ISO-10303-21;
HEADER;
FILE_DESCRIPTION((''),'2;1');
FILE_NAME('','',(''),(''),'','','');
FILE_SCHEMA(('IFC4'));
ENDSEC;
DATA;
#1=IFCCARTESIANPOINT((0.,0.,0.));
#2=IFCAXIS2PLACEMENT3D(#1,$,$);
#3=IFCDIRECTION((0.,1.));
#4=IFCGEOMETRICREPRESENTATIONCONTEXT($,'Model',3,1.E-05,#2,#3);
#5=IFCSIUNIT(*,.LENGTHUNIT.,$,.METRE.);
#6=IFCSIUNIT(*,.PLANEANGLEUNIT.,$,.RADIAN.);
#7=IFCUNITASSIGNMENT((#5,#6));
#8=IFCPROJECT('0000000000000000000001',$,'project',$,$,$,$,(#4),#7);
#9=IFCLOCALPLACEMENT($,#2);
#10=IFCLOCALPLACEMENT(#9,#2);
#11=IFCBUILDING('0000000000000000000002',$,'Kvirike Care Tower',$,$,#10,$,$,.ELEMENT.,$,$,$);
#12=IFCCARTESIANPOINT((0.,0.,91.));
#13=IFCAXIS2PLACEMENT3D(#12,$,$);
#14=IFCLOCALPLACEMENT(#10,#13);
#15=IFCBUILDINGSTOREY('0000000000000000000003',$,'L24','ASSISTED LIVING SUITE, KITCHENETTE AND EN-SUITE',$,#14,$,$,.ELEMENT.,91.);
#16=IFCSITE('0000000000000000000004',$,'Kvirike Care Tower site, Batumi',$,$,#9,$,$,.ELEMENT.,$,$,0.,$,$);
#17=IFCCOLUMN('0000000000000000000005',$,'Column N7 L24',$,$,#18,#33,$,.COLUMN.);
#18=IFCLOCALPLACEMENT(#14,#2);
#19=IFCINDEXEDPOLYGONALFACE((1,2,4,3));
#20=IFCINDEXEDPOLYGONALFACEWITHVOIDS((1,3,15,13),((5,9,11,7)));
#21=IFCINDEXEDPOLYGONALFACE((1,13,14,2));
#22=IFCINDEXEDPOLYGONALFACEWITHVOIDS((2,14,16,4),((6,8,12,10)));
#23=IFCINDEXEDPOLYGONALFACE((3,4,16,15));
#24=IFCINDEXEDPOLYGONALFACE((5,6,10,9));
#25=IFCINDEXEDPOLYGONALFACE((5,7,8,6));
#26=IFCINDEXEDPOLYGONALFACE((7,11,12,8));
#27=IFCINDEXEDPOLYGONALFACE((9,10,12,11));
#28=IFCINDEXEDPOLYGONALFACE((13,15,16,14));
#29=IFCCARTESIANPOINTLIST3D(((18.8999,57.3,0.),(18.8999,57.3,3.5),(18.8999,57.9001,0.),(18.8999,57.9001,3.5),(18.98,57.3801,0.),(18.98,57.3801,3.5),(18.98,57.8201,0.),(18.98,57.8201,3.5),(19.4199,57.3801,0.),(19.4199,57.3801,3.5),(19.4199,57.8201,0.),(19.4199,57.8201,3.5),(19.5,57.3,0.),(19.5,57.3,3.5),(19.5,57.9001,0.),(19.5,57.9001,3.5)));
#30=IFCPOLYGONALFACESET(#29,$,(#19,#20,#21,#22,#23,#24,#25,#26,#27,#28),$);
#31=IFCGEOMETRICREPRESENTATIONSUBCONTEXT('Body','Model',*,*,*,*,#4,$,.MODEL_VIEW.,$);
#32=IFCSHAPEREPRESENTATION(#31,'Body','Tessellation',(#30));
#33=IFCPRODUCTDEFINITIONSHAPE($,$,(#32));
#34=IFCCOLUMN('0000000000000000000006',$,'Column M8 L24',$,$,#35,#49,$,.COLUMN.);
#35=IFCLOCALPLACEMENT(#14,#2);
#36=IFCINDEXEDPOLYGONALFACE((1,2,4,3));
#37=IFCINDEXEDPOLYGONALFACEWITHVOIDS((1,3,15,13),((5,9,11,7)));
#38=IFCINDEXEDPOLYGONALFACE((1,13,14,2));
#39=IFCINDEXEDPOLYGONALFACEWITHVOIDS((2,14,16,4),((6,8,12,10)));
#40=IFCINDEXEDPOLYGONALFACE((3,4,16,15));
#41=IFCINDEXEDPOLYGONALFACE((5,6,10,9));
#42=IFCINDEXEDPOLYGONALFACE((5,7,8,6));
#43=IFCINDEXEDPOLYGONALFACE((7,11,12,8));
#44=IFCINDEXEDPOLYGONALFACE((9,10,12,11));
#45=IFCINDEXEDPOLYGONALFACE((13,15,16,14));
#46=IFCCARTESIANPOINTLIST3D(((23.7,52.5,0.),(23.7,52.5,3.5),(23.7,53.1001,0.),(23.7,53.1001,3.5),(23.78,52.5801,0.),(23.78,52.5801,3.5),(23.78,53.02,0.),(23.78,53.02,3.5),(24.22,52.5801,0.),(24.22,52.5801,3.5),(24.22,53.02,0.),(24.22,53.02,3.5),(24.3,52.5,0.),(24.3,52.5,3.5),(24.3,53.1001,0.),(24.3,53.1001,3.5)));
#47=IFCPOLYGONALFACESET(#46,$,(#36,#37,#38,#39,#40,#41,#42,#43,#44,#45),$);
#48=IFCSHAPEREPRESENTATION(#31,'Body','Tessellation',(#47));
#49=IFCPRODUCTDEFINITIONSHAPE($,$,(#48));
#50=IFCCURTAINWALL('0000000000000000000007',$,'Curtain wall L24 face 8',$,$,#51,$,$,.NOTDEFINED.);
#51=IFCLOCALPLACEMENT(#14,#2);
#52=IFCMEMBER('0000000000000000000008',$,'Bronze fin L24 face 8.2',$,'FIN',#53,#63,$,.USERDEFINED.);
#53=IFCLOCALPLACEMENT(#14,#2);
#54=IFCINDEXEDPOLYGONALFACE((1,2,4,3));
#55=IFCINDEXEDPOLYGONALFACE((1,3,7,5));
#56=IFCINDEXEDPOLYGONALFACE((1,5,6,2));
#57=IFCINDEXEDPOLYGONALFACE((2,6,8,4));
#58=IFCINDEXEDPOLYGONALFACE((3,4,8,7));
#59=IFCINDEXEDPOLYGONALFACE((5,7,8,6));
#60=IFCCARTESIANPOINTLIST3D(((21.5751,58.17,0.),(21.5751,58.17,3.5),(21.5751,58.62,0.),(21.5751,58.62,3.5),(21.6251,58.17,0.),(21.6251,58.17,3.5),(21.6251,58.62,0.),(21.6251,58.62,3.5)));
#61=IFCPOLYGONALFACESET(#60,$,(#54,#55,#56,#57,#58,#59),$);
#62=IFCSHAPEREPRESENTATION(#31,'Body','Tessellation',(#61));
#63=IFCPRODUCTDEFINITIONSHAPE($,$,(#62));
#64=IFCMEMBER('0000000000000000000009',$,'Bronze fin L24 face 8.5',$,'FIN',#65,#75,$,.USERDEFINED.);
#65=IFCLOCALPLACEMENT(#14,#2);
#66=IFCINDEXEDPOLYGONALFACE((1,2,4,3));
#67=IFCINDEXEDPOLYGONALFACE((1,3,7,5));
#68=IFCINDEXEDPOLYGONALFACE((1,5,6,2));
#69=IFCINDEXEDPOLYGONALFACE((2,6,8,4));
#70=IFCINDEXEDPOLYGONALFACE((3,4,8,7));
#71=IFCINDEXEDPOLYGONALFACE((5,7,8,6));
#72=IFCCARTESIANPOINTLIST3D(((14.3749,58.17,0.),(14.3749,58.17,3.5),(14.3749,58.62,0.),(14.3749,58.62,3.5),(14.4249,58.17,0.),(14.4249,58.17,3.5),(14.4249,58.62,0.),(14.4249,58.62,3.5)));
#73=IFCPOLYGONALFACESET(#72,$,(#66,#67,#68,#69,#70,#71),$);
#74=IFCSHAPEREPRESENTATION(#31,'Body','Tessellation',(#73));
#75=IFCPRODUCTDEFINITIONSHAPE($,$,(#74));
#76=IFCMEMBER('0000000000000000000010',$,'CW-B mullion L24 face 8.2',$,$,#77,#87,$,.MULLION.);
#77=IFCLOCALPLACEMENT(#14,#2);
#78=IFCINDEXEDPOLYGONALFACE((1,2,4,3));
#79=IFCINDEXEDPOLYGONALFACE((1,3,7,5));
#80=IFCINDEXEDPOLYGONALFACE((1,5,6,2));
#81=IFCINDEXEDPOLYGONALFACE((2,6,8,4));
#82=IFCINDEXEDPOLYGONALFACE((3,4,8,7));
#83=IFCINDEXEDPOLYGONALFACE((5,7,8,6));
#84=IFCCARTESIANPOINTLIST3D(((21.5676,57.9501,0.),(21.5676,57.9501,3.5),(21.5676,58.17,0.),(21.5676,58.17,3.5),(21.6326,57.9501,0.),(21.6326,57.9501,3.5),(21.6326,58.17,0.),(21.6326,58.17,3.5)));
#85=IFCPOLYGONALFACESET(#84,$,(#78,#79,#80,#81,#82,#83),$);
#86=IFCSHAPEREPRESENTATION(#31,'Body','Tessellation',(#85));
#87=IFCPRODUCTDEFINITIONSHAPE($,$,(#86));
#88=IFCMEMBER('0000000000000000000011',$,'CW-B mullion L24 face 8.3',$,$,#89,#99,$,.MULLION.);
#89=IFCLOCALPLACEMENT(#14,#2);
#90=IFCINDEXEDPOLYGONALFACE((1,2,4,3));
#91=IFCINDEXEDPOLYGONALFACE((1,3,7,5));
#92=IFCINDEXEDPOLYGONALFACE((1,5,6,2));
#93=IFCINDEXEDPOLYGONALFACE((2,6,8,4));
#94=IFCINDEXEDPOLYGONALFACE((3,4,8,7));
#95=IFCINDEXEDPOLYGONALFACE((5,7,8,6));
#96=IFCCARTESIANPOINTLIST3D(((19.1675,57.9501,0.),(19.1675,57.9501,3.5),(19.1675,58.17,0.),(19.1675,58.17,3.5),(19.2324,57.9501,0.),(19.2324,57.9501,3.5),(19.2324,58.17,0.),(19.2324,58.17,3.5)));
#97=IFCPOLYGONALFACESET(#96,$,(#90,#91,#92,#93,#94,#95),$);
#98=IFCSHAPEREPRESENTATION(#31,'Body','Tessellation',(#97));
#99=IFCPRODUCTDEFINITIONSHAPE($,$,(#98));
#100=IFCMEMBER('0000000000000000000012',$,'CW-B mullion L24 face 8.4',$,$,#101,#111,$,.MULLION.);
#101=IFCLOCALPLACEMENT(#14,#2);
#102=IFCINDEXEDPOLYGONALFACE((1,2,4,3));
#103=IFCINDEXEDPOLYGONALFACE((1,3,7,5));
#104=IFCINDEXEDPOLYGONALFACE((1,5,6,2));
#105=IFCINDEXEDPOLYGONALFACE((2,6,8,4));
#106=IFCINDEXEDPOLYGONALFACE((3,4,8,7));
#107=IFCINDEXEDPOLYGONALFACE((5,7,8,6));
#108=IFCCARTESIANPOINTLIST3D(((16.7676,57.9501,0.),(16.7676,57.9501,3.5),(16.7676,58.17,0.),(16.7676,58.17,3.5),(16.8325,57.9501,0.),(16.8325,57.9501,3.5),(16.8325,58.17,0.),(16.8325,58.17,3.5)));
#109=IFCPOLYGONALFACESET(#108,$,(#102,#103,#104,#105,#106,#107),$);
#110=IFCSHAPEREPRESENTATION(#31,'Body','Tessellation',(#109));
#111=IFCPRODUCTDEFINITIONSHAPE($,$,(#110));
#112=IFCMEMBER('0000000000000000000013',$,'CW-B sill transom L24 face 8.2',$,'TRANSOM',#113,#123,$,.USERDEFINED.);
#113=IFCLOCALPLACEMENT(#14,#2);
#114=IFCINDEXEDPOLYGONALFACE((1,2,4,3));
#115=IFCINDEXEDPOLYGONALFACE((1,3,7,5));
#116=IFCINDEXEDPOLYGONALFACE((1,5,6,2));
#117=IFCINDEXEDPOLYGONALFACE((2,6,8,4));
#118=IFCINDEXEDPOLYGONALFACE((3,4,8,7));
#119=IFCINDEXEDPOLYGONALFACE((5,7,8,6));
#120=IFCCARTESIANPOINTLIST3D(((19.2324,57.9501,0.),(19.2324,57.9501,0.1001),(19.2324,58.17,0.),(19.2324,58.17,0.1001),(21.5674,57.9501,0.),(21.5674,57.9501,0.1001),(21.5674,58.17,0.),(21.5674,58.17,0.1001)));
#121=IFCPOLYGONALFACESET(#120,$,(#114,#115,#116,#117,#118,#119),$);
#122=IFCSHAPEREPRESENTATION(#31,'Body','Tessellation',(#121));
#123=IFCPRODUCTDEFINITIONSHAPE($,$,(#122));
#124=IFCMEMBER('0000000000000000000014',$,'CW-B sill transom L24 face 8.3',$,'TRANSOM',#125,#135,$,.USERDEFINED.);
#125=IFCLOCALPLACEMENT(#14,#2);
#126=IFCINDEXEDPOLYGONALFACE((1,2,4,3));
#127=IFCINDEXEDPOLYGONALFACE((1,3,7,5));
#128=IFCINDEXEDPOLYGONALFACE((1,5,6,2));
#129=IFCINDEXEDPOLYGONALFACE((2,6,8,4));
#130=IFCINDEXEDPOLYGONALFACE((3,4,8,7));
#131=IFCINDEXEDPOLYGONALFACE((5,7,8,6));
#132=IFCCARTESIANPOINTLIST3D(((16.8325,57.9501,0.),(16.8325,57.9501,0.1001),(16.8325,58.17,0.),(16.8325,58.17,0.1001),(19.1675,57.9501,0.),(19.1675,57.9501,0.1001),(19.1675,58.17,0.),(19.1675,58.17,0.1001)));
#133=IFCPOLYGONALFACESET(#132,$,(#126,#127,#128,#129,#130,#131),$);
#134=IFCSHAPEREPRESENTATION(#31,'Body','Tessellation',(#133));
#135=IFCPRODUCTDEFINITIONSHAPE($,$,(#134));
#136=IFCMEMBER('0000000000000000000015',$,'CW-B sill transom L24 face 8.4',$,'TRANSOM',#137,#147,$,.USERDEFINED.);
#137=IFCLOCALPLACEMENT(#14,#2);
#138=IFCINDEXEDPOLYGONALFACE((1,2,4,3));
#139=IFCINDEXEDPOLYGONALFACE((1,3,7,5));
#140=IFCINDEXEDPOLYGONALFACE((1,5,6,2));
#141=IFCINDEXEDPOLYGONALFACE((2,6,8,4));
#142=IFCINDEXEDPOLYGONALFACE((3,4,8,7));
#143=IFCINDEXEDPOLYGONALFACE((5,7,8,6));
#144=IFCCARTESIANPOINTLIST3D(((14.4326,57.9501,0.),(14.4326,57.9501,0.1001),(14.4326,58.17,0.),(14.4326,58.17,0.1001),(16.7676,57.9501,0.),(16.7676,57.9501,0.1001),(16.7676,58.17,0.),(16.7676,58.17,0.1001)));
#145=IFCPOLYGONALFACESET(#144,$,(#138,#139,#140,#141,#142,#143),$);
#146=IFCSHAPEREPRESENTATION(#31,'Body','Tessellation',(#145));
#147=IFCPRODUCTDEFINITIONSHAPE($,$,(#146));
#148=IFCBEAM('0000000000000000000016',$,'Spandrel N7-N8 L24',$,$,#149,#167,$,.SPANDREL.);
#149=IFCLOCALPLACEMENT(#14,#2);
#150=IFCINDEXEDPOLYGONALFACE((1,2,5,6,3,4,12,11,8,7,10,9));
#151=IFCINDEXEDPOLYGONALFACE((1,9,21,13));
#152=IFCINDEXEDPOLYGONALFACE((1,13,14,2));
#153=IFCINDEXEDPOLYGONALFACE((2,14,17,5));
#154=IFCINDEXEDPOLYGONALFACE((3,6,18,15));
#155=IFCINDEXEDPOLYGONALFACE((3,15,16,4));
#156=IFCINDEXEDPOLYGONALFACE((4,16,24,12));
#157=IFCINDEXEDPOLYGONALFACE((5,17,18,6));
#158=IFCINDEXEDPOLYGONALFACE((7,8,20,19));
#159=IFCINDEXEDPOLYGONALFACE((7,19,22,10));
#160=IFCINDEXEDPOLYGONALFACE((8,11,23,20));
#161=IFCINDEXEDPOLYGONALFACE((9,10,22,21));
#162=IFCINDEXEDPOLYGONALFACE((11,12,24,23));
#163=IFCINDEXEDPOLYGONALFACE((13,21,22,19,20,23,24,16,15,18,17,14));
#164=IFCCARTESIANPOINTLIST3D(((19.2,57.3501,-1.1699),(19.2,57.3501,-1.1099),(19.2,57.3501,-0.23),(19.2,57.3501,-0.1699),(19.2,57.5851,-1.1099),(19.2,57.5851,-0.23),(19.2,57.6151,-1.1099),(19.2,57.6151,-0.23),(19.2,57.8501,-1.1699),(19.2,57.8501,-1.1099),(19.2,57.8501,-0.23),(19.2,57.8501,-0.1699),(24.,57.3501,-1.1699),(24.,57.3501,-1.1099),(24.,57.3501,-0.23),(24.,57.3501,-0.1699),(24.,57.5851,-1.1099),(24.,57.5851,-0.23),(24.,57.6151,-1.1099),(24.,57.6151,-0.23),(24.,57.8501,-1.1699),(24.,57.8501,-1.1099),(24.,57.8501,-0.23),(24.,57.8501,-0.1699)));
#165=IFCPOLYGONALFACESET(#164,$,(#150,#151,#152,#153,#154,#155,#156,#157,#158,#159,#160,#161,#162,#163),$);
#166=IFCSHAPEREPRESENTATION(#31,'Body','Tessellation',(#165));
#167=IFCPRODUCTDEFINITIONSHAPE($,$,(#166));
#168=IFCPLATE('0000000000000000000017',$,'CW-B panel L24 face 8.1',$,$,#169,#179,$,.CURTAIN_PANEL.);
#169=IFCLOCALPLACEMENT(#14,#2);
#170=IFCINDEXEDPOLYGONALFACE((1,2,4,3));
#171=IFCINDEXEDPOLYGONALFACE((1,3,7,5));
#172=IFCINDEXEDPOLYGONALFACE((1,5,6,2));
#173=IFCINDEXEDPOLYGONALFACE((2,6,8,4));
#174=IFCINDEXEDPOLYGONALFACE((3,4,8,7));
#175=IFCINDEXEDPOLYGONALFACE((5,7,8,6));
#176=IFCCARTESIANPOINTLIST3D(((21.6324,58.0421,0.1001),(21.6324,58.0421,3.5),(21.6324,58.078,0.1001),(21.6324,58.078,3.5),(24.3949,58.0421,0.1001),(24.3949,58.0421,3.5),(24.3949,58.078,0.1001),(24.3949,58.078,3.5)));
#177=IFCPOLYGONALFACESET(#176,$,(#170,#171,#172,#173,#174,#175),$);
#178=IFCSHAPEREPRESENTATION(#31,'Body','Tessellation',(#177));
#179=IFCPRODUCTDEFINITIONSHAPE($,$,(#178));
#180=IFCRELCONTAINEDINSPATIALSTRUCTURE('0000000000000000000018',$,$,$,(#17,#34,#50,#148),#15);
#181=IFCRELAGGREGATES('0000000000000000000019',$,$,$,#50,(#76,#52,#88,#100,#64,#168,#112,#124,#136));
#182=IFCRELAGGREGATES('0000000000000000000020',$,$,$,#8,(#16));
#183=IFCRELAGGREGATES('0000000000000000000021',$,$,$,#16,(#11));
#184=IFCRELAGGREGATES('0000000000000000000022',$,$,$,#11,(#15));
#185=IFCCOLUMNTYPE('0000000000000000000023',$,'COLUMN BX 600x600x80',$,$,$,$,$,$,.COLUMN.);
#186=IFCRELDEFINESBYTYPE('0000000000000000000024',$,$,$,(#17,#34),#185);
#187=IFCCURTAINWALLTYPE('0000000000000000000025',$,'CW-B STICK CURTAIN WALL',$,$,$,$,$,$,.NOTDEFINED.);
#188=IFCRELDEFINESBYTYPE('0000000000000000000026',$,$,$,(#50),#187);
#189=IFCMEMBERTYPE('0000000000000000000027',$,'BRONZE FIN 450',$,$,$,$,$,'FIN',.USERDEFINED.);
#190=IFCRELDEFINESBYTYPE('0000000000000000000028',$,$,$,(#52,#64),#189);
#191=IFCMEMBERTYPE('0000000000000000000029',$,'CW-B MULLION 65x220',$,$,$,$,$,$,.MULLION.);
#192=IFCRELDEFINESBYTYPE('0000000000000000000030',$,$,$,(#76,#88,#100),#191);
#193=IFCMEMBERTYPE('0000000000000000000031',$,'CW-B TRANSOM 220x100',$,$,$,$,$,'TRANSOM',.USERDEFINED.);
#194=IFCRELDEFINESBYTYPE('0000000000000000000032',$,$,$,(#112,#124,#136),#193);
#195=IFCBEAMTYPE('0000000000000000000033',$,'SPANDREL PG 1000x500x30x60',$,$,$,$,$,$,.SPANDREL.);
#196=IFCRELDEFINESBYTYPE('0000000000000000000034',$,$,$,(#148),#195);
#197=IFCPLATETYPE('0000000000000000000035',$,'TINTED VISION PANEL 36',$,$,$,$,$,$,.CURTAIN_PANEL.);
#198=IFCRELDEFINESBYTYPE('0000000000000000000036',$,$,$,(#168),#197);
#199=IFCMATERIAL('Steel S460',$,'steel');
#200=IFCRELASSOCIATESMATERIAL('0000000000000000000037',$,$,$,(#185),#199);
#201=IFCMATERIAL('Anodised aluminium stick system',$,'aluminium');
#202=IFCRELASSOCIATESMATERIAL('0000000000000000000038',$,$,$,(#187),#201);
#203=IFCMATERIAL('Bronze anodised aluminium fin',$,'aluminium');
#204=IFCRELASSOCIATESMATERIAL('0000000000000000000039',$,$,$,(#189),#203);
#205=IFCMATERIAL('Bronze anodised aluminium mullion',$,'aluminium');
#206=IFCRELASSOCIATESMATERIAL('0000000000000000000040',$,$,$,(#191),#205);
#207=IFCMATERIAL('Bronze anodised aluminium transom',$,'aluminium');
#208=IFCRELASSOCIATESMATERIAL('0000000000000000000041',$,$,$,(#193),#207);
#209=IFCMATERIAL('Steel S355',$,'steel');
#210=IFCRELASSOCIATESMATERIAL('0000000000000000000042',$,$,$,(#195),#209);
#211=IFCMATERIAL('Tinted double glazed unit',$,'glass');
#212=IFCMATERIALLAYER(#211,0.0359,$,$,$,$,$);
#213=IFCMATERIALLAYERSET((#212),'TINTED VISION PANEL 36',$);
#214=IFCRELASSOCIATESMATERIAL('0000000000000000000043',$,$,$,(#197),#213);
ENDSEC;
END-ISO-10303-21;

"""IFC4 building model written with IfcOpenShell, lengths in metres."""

from ifc_helpers import new_model, si_unit, direction, frame, origin, origin_2d, place, context, subcontext, project, spatial, rectangle, hollow_rectangle, i_section, extrude, material, layer, layer_set, material_profile, profile_set, type_object, element, aggregate, save


model = new_model("IFC4")

# Units and contexts
model_context = context("Model", 3, precision=1e-05, world=origin(), true_north=direction((0.0, 1.0)))
body_context = subcontext(model_context, "Body", "Model", "MODEL_VIEW")
ifc_project = project(units=[si_unit("LENGTHUNIT", "METRE"), si_unit("PLANEANGLEUNIT", "RADIAN")], contexts=[model_context])

# Site, building, storey
site_placement = place(None, origin())
site = spatial("IfcSite", under=ifc_project, at=site_placement, Name="Kvirike Care Tower site, Batumi", CompositionType="ELEMENT", RefElevation=0.0)
building_placement = place(site_placement, origin())
building = spatial("IfcBuilding", under=site, at=building_placement, Name="Kvirike Care Tower", CompositionType="ELEMENT")
storey_placement = place(building_placement, frame((0.0, 0.0, 91.0)))
storey = spatial("IfcBuildingStorey", under=building, at=storey_placement, Name="L24", Description="ASSISTED LIVING SUITE, KITCHENETTE AND EN-SUITE", CompositionType="ELEMENT", Elevation=91.0)

# Columns
ifc_material_1 = material(Name="Steel S460", Category="steel")
ifc_material_profile_1 = material_profile(ifc_material_1, hollow_rectangle(XDim=0.6001, YDim=0.6001, WallThickness=0.0801, at=origin_2d()), Name="BX 600x600x80")
ifc_profile_set_1 = profile_set([ifc_material_profile_1], Name="Steel S460")
column_type = type_object("IfcColumnType", Name="COLUMN BX 600x600x80", PredefinedType="COLUMN", material=ifc_profile_set_1)
for number, where, z_axis, x_axis, name in (
    (1, (19.2, 57.6001, 0.0), (0.0, 0.0, 1.0), (0.0, 1.0, 0.0), "Column N7 L24"),
    (2, (24.0, 52.8, 0.0), (0.0, 0.0, 1.0), (0.0, 1.0, 0.0), "Column M8 L24"),
):
    element("IfcColumn", number, at=place(storey_placement, frame(where, z_axis=z_axis, x_axis=x_axis)), inside=storey, type_object=column_type, Name=name, PredefinedType="COLUMN", context=body_context, shape_type="SweptSolid", body=[
        extrude(hollow_rectangle(XDim=0.6001, YDim=0.6001, WallThickness=0.0801, at=origin_2d()), origin(), (0.0, 0.0, 1.0), 3.5),
    ])

# Curtain wall, members
ifc_material_2 = material(Name="Anodised aluminium stick system", Category="aluminium")
curtain_wall_type = type_object("IfcCurtainWallType", Name="CW-B STICK CURTAIN WALL", PredefinedType="NOTDEFINED", material=ifc_material_2)
curtain_wall_placement = place(storey_placement, origin())
curtain_wall = element("IfcCurtainWall", 3, at=curtain_wall_placement, inside=storey, type_object=curtain_wall_type, Name="Curtain wall L24 face 8", PredefinedType="NOTDEFINED")
ifc_material_3 = material(Name="Bronze anodised aluminium fin", Category="aluminium")
ifc_material_profile_2 = material_profile(ifc_material_3, rectangle(XDim=0.05, YDim=0.45, at=origin_2d()), Name="BRONZE FIN 450")
ifc_profile_set_2 = profile_set([ifc_material_profile_2], Name="Bronze anodised aluminium fin")
member_type_1 = type_object("IfcMemberType", Name="BRONZE FIN 450", ElementType="FIN", PredefinedType="USERDEFINED", material=ifc_profile_set_2)
member_1_placement = place(storey_placement, frame((21.6001, 58.395, 0.0), z_axis=(0.0, 0.0, 1.0), x_axis=(-1.0, 0.0, 0.0)))
member_1 = element("IfcMember", 4, at=member_1_placement, type_object=member_type_1, Name="Bronze fin L24 face 8.2", ObjectType="FIN", PredefinedType="USERDEFINED", context=body_context, shape_type="SweptSolid", body=[
    extrude(rectangle(XDim=0.05, YDim=0.45, at=origin_2d()), origin(), (0.0, 0.0, 1.0), 3.5),
])
member_2_placement = place(storey_placement, frame((14.3999, 58.395, 0.0), z_axis=(0.0, 0.0, 1.0), x_axis=(-1.0, 0.0, 0.0)))
member_2 = element("IfcMember", 5, at=member_2_placement, type_object=member_type_1, Name="Bronze fin L24 face 8.5", ObjectType="FIN", PredefinedType="USERDEFINED", context=body_context, shape_type="SweptSolid", body=[
    extrude(rectangle(XDim=0.05, YDim=0.45, at=origin_2d()), origin(), (0.0, 0.0, 1.0), 3.5),
])
ifc_material_4 = material(Name="Bronze anodised aluminium mullion", Category="aluminium")
ifc_material_profile_3 = material_profile(ifc_material_4, rectangle(XDim=0.0649, YDim=0.22, at=origin_2d()), Name="CW-B MULLION 65x220")
ifc_profile_set_3 = profile_set([ifc_material_profile_3], Name="Bronze anodised aluminium mullion")
member_type_2 = type_object("IfcMemberType", Name="CW-B MULLION 65x220", PredefinedType="MULLION", material=ifc_profile_set_3)
member_3_placement = place(storey_placement, frame((21.6001, 58.0601, 0.0), z_axis=(0.0, 0.0, 1.0), x_axis=(-1.0, 0.0, 0.0)))
member_3 = element("IfcMember", 6, at=member_3_placement, type_object=member_type_2, Name="CW-B mullion L24 face 8.2", PredefinedType="MULLION", context=body_context, shape_type="SweptSolid", body=[
    extrude(rectangle(XDim=0.0649, YDim=0.22, at=origin_2d()), origin(), (0.0, 0.0, 1.0), 3.5),
])
member_4_placement = place(storey_placement, frame((19.2, 58.0601, 0.0), z_axis=(0.0, 0.0, 1.0), x_axis=(-1.0, 0.0, 0.0)))
member_4 = element("IfcMember", 7, at=member_4_placement, type_object=member_type_2, Name="CW-B mullion L24 face 8.3", PredefinedType="MULLION", context=body_context, shape_type="SweptSolid", body=[
    extrude(rectangle(XDim=0.0649, YDim=0.22, at=origin_2d()), origin(), (0.0, 0.0, 1.0), 3.5),
])
member_5_placement = place(storey_placement, frame((16.8, 58.0601, 0.0), z_axis=(0.0, 0.0, 1.0), x_axis=(-1.0, 0.0, 0.0)))
member_5 = element("IfcMember", 8, at=member_5_placement, type_object=member_type_2, Name="CW-B mullion L24 face 8.4", PredefinedType="MULLION", context=body_context, shape_type="SweptSolid", body=[
    extrude(rectangle(XDim=0.0649, YDim=0.22, at=origin_2d()), origin(), (0.0, 0.0, 1.0), 3.5),
])
ifc_material_5 = material(Name="Bronze anodised aluminium transom", Category="aluminium")
ifc_material_profile_4 = material_profile(ifc_material_5, rectangle(XDim=0.22, YDim=0.1001, at=origin_2d()), Name="CW-B TRANSOM 220x100")
ifc_profile_set_4 = profile_set([ifc_material_profile_4], Name="Bronze anodised aluminium transom")
member_type_3 = type_object("IfcMemberType", Name="CW-B TRANSOM 220x100", ElementType="TRANSOM", PredefinedType="USERDEFINED", material=ifc_profile_set_4)
member_6_placement = place(storey_placement, frame((21.5674, 58.0601, 0.05), z_axis=(-1.0, 0.0, 0.0), x_axis=(0.0, -1.0, 0.0)))
member_6 = element("IfcMember", 9, at=member_6_placement, type_object=member_type_3, Name="CW-B sill transom L24 face 8.2", ObjectType="TRANSOM", PredefinedType="USERDEFINED", context=body_context, shape_type="SweptSolid", body=[
    extrude(rectangle(XDim=0.22, YDim=0.1001, at=origin_2d()), origin(), (0.0, 0.0, 1.0), 2.335),
])
member_7_placement = place(storey_placement, frame((19.1675, 58.0601, 0.05), z_axis=(-1.0, 0.0, 0.0), x_axis=(0.0, -1.0, 0.0)))
member_7 = element("IfcMember", 10, at=member_7_placement, type_object=member_type_3, Name="CW-B sill transom L24 face 8.3", ObjectType="TRANSOM", PredefinedType="USERDEFINED", context=body_context, shape_type="SweptSolid", body=[
    extrude(rectangle(XDim=0.22, YDim=0.1001, at=origin_2d()), origin(), (0.0, 0.0, 1.0), 2.335),
])
member_8_placement = place(storey_placement, frame((16.7676, 58.0601, 0.05), z_axis=(-1.0, 0.0, 0.0), x_axis=(0.0, -1.0, 0.0)))
member_8 = element("IfcMember", 11, at=member_8_placement, type_object=member_type_3, Name="CW-B sill transom L24 face 8.4", ObjectType="TRANSOM", PredefinedType="USERDEFINED", context=body_context, shape_type="SweptSolid", body=[
    extrude(rectangle(XDim=0.22, YDim=0.1001, at=origin_2d()), origin(), (0.0, 0.0, 1.0), 2.335),
])

# Beam
ifc_material_6 = material(Name="Steel S355", Category="steel")
ifc_material_profile_5 = material_profile(ifc_material_6, i_section(OverallWidth=0.5, OverallDepth=1.0, WebThickness=0.03, FlangeThickness=0.0601, at=origin_2d()), Name="PG 1000x500x30x60")
ifc_profile_set_5 = profile_set([ifc_material_profile_5], Name="Steel S355")
beam_type = type_object("IfcBeamType", Name="SPANDREL PG 1000x500x30x60", PredefinedType="SPANDREL", material=ifc_profile_set_5)
beam_placement = place(storey_placement, frame((19.2, 57.6001, -0.6699), z_axis=(1.0, 0.0, 0.0), x_axis=(0.0, 1.0, 0.0)))
element("IfcBeam", 12, at=beam_placement, inside=storey, type_object=beam_type, Name="Spandrel N7-N8 L24", PredefinedType="SPANDREL", context=body_context, shape_type="SweptSolid", body=[
    extrude(i_section(OverallWidth=0.5, OverallDepth=1.0, WebThickness=0.03, FlangeThickness=0.0601, at=origin_2d()), origin(), (0.0, 0.0, 1.0), 4.8),
])

# Plate
ifc_material_7 = material(Name="Tinted double glazed unit", Category="glass")
ifc_layer_1 = layer(ifc_material_7, 0.0359)
ifc_layer_set_1 = layer_set([ifc_layer_1], Name="TINTED VISION PANEL 36")
plate_type = type_object("IfcPlateType", Name="TINTED VISION PANEL 36", PredefinedType="CURTAIN_PANEL", material=ifc_layer_set_1)
plate_1_placement = place(storey_placement, frame((23.0137, 58.0601, 0.1001), z_axis=(0.0, 0.0, 1.0), x_axis=(-1.0, 0.0, 0.0)))
plate_1 = element("IfcPlate", 13, at=plate_1_placement, type_object=plate_type, Name="CW-B panel L24 face 8.1", PredefinedType="CURTAIN_PANEL", context=body_context, shape_type="SweptSolid", body=[
    extrude(rectangle(XDim=2.7625, YDim=0.0359, at=origin_2d()), origin(), (0.0, 0.0, 1.0), 3.3999),
])
aggregate(curtain_wall, [member_3, member_1, member_4, member_5, member_2, plate_1, member_6, member_7, member_8])

save(model, "model.ifc")
